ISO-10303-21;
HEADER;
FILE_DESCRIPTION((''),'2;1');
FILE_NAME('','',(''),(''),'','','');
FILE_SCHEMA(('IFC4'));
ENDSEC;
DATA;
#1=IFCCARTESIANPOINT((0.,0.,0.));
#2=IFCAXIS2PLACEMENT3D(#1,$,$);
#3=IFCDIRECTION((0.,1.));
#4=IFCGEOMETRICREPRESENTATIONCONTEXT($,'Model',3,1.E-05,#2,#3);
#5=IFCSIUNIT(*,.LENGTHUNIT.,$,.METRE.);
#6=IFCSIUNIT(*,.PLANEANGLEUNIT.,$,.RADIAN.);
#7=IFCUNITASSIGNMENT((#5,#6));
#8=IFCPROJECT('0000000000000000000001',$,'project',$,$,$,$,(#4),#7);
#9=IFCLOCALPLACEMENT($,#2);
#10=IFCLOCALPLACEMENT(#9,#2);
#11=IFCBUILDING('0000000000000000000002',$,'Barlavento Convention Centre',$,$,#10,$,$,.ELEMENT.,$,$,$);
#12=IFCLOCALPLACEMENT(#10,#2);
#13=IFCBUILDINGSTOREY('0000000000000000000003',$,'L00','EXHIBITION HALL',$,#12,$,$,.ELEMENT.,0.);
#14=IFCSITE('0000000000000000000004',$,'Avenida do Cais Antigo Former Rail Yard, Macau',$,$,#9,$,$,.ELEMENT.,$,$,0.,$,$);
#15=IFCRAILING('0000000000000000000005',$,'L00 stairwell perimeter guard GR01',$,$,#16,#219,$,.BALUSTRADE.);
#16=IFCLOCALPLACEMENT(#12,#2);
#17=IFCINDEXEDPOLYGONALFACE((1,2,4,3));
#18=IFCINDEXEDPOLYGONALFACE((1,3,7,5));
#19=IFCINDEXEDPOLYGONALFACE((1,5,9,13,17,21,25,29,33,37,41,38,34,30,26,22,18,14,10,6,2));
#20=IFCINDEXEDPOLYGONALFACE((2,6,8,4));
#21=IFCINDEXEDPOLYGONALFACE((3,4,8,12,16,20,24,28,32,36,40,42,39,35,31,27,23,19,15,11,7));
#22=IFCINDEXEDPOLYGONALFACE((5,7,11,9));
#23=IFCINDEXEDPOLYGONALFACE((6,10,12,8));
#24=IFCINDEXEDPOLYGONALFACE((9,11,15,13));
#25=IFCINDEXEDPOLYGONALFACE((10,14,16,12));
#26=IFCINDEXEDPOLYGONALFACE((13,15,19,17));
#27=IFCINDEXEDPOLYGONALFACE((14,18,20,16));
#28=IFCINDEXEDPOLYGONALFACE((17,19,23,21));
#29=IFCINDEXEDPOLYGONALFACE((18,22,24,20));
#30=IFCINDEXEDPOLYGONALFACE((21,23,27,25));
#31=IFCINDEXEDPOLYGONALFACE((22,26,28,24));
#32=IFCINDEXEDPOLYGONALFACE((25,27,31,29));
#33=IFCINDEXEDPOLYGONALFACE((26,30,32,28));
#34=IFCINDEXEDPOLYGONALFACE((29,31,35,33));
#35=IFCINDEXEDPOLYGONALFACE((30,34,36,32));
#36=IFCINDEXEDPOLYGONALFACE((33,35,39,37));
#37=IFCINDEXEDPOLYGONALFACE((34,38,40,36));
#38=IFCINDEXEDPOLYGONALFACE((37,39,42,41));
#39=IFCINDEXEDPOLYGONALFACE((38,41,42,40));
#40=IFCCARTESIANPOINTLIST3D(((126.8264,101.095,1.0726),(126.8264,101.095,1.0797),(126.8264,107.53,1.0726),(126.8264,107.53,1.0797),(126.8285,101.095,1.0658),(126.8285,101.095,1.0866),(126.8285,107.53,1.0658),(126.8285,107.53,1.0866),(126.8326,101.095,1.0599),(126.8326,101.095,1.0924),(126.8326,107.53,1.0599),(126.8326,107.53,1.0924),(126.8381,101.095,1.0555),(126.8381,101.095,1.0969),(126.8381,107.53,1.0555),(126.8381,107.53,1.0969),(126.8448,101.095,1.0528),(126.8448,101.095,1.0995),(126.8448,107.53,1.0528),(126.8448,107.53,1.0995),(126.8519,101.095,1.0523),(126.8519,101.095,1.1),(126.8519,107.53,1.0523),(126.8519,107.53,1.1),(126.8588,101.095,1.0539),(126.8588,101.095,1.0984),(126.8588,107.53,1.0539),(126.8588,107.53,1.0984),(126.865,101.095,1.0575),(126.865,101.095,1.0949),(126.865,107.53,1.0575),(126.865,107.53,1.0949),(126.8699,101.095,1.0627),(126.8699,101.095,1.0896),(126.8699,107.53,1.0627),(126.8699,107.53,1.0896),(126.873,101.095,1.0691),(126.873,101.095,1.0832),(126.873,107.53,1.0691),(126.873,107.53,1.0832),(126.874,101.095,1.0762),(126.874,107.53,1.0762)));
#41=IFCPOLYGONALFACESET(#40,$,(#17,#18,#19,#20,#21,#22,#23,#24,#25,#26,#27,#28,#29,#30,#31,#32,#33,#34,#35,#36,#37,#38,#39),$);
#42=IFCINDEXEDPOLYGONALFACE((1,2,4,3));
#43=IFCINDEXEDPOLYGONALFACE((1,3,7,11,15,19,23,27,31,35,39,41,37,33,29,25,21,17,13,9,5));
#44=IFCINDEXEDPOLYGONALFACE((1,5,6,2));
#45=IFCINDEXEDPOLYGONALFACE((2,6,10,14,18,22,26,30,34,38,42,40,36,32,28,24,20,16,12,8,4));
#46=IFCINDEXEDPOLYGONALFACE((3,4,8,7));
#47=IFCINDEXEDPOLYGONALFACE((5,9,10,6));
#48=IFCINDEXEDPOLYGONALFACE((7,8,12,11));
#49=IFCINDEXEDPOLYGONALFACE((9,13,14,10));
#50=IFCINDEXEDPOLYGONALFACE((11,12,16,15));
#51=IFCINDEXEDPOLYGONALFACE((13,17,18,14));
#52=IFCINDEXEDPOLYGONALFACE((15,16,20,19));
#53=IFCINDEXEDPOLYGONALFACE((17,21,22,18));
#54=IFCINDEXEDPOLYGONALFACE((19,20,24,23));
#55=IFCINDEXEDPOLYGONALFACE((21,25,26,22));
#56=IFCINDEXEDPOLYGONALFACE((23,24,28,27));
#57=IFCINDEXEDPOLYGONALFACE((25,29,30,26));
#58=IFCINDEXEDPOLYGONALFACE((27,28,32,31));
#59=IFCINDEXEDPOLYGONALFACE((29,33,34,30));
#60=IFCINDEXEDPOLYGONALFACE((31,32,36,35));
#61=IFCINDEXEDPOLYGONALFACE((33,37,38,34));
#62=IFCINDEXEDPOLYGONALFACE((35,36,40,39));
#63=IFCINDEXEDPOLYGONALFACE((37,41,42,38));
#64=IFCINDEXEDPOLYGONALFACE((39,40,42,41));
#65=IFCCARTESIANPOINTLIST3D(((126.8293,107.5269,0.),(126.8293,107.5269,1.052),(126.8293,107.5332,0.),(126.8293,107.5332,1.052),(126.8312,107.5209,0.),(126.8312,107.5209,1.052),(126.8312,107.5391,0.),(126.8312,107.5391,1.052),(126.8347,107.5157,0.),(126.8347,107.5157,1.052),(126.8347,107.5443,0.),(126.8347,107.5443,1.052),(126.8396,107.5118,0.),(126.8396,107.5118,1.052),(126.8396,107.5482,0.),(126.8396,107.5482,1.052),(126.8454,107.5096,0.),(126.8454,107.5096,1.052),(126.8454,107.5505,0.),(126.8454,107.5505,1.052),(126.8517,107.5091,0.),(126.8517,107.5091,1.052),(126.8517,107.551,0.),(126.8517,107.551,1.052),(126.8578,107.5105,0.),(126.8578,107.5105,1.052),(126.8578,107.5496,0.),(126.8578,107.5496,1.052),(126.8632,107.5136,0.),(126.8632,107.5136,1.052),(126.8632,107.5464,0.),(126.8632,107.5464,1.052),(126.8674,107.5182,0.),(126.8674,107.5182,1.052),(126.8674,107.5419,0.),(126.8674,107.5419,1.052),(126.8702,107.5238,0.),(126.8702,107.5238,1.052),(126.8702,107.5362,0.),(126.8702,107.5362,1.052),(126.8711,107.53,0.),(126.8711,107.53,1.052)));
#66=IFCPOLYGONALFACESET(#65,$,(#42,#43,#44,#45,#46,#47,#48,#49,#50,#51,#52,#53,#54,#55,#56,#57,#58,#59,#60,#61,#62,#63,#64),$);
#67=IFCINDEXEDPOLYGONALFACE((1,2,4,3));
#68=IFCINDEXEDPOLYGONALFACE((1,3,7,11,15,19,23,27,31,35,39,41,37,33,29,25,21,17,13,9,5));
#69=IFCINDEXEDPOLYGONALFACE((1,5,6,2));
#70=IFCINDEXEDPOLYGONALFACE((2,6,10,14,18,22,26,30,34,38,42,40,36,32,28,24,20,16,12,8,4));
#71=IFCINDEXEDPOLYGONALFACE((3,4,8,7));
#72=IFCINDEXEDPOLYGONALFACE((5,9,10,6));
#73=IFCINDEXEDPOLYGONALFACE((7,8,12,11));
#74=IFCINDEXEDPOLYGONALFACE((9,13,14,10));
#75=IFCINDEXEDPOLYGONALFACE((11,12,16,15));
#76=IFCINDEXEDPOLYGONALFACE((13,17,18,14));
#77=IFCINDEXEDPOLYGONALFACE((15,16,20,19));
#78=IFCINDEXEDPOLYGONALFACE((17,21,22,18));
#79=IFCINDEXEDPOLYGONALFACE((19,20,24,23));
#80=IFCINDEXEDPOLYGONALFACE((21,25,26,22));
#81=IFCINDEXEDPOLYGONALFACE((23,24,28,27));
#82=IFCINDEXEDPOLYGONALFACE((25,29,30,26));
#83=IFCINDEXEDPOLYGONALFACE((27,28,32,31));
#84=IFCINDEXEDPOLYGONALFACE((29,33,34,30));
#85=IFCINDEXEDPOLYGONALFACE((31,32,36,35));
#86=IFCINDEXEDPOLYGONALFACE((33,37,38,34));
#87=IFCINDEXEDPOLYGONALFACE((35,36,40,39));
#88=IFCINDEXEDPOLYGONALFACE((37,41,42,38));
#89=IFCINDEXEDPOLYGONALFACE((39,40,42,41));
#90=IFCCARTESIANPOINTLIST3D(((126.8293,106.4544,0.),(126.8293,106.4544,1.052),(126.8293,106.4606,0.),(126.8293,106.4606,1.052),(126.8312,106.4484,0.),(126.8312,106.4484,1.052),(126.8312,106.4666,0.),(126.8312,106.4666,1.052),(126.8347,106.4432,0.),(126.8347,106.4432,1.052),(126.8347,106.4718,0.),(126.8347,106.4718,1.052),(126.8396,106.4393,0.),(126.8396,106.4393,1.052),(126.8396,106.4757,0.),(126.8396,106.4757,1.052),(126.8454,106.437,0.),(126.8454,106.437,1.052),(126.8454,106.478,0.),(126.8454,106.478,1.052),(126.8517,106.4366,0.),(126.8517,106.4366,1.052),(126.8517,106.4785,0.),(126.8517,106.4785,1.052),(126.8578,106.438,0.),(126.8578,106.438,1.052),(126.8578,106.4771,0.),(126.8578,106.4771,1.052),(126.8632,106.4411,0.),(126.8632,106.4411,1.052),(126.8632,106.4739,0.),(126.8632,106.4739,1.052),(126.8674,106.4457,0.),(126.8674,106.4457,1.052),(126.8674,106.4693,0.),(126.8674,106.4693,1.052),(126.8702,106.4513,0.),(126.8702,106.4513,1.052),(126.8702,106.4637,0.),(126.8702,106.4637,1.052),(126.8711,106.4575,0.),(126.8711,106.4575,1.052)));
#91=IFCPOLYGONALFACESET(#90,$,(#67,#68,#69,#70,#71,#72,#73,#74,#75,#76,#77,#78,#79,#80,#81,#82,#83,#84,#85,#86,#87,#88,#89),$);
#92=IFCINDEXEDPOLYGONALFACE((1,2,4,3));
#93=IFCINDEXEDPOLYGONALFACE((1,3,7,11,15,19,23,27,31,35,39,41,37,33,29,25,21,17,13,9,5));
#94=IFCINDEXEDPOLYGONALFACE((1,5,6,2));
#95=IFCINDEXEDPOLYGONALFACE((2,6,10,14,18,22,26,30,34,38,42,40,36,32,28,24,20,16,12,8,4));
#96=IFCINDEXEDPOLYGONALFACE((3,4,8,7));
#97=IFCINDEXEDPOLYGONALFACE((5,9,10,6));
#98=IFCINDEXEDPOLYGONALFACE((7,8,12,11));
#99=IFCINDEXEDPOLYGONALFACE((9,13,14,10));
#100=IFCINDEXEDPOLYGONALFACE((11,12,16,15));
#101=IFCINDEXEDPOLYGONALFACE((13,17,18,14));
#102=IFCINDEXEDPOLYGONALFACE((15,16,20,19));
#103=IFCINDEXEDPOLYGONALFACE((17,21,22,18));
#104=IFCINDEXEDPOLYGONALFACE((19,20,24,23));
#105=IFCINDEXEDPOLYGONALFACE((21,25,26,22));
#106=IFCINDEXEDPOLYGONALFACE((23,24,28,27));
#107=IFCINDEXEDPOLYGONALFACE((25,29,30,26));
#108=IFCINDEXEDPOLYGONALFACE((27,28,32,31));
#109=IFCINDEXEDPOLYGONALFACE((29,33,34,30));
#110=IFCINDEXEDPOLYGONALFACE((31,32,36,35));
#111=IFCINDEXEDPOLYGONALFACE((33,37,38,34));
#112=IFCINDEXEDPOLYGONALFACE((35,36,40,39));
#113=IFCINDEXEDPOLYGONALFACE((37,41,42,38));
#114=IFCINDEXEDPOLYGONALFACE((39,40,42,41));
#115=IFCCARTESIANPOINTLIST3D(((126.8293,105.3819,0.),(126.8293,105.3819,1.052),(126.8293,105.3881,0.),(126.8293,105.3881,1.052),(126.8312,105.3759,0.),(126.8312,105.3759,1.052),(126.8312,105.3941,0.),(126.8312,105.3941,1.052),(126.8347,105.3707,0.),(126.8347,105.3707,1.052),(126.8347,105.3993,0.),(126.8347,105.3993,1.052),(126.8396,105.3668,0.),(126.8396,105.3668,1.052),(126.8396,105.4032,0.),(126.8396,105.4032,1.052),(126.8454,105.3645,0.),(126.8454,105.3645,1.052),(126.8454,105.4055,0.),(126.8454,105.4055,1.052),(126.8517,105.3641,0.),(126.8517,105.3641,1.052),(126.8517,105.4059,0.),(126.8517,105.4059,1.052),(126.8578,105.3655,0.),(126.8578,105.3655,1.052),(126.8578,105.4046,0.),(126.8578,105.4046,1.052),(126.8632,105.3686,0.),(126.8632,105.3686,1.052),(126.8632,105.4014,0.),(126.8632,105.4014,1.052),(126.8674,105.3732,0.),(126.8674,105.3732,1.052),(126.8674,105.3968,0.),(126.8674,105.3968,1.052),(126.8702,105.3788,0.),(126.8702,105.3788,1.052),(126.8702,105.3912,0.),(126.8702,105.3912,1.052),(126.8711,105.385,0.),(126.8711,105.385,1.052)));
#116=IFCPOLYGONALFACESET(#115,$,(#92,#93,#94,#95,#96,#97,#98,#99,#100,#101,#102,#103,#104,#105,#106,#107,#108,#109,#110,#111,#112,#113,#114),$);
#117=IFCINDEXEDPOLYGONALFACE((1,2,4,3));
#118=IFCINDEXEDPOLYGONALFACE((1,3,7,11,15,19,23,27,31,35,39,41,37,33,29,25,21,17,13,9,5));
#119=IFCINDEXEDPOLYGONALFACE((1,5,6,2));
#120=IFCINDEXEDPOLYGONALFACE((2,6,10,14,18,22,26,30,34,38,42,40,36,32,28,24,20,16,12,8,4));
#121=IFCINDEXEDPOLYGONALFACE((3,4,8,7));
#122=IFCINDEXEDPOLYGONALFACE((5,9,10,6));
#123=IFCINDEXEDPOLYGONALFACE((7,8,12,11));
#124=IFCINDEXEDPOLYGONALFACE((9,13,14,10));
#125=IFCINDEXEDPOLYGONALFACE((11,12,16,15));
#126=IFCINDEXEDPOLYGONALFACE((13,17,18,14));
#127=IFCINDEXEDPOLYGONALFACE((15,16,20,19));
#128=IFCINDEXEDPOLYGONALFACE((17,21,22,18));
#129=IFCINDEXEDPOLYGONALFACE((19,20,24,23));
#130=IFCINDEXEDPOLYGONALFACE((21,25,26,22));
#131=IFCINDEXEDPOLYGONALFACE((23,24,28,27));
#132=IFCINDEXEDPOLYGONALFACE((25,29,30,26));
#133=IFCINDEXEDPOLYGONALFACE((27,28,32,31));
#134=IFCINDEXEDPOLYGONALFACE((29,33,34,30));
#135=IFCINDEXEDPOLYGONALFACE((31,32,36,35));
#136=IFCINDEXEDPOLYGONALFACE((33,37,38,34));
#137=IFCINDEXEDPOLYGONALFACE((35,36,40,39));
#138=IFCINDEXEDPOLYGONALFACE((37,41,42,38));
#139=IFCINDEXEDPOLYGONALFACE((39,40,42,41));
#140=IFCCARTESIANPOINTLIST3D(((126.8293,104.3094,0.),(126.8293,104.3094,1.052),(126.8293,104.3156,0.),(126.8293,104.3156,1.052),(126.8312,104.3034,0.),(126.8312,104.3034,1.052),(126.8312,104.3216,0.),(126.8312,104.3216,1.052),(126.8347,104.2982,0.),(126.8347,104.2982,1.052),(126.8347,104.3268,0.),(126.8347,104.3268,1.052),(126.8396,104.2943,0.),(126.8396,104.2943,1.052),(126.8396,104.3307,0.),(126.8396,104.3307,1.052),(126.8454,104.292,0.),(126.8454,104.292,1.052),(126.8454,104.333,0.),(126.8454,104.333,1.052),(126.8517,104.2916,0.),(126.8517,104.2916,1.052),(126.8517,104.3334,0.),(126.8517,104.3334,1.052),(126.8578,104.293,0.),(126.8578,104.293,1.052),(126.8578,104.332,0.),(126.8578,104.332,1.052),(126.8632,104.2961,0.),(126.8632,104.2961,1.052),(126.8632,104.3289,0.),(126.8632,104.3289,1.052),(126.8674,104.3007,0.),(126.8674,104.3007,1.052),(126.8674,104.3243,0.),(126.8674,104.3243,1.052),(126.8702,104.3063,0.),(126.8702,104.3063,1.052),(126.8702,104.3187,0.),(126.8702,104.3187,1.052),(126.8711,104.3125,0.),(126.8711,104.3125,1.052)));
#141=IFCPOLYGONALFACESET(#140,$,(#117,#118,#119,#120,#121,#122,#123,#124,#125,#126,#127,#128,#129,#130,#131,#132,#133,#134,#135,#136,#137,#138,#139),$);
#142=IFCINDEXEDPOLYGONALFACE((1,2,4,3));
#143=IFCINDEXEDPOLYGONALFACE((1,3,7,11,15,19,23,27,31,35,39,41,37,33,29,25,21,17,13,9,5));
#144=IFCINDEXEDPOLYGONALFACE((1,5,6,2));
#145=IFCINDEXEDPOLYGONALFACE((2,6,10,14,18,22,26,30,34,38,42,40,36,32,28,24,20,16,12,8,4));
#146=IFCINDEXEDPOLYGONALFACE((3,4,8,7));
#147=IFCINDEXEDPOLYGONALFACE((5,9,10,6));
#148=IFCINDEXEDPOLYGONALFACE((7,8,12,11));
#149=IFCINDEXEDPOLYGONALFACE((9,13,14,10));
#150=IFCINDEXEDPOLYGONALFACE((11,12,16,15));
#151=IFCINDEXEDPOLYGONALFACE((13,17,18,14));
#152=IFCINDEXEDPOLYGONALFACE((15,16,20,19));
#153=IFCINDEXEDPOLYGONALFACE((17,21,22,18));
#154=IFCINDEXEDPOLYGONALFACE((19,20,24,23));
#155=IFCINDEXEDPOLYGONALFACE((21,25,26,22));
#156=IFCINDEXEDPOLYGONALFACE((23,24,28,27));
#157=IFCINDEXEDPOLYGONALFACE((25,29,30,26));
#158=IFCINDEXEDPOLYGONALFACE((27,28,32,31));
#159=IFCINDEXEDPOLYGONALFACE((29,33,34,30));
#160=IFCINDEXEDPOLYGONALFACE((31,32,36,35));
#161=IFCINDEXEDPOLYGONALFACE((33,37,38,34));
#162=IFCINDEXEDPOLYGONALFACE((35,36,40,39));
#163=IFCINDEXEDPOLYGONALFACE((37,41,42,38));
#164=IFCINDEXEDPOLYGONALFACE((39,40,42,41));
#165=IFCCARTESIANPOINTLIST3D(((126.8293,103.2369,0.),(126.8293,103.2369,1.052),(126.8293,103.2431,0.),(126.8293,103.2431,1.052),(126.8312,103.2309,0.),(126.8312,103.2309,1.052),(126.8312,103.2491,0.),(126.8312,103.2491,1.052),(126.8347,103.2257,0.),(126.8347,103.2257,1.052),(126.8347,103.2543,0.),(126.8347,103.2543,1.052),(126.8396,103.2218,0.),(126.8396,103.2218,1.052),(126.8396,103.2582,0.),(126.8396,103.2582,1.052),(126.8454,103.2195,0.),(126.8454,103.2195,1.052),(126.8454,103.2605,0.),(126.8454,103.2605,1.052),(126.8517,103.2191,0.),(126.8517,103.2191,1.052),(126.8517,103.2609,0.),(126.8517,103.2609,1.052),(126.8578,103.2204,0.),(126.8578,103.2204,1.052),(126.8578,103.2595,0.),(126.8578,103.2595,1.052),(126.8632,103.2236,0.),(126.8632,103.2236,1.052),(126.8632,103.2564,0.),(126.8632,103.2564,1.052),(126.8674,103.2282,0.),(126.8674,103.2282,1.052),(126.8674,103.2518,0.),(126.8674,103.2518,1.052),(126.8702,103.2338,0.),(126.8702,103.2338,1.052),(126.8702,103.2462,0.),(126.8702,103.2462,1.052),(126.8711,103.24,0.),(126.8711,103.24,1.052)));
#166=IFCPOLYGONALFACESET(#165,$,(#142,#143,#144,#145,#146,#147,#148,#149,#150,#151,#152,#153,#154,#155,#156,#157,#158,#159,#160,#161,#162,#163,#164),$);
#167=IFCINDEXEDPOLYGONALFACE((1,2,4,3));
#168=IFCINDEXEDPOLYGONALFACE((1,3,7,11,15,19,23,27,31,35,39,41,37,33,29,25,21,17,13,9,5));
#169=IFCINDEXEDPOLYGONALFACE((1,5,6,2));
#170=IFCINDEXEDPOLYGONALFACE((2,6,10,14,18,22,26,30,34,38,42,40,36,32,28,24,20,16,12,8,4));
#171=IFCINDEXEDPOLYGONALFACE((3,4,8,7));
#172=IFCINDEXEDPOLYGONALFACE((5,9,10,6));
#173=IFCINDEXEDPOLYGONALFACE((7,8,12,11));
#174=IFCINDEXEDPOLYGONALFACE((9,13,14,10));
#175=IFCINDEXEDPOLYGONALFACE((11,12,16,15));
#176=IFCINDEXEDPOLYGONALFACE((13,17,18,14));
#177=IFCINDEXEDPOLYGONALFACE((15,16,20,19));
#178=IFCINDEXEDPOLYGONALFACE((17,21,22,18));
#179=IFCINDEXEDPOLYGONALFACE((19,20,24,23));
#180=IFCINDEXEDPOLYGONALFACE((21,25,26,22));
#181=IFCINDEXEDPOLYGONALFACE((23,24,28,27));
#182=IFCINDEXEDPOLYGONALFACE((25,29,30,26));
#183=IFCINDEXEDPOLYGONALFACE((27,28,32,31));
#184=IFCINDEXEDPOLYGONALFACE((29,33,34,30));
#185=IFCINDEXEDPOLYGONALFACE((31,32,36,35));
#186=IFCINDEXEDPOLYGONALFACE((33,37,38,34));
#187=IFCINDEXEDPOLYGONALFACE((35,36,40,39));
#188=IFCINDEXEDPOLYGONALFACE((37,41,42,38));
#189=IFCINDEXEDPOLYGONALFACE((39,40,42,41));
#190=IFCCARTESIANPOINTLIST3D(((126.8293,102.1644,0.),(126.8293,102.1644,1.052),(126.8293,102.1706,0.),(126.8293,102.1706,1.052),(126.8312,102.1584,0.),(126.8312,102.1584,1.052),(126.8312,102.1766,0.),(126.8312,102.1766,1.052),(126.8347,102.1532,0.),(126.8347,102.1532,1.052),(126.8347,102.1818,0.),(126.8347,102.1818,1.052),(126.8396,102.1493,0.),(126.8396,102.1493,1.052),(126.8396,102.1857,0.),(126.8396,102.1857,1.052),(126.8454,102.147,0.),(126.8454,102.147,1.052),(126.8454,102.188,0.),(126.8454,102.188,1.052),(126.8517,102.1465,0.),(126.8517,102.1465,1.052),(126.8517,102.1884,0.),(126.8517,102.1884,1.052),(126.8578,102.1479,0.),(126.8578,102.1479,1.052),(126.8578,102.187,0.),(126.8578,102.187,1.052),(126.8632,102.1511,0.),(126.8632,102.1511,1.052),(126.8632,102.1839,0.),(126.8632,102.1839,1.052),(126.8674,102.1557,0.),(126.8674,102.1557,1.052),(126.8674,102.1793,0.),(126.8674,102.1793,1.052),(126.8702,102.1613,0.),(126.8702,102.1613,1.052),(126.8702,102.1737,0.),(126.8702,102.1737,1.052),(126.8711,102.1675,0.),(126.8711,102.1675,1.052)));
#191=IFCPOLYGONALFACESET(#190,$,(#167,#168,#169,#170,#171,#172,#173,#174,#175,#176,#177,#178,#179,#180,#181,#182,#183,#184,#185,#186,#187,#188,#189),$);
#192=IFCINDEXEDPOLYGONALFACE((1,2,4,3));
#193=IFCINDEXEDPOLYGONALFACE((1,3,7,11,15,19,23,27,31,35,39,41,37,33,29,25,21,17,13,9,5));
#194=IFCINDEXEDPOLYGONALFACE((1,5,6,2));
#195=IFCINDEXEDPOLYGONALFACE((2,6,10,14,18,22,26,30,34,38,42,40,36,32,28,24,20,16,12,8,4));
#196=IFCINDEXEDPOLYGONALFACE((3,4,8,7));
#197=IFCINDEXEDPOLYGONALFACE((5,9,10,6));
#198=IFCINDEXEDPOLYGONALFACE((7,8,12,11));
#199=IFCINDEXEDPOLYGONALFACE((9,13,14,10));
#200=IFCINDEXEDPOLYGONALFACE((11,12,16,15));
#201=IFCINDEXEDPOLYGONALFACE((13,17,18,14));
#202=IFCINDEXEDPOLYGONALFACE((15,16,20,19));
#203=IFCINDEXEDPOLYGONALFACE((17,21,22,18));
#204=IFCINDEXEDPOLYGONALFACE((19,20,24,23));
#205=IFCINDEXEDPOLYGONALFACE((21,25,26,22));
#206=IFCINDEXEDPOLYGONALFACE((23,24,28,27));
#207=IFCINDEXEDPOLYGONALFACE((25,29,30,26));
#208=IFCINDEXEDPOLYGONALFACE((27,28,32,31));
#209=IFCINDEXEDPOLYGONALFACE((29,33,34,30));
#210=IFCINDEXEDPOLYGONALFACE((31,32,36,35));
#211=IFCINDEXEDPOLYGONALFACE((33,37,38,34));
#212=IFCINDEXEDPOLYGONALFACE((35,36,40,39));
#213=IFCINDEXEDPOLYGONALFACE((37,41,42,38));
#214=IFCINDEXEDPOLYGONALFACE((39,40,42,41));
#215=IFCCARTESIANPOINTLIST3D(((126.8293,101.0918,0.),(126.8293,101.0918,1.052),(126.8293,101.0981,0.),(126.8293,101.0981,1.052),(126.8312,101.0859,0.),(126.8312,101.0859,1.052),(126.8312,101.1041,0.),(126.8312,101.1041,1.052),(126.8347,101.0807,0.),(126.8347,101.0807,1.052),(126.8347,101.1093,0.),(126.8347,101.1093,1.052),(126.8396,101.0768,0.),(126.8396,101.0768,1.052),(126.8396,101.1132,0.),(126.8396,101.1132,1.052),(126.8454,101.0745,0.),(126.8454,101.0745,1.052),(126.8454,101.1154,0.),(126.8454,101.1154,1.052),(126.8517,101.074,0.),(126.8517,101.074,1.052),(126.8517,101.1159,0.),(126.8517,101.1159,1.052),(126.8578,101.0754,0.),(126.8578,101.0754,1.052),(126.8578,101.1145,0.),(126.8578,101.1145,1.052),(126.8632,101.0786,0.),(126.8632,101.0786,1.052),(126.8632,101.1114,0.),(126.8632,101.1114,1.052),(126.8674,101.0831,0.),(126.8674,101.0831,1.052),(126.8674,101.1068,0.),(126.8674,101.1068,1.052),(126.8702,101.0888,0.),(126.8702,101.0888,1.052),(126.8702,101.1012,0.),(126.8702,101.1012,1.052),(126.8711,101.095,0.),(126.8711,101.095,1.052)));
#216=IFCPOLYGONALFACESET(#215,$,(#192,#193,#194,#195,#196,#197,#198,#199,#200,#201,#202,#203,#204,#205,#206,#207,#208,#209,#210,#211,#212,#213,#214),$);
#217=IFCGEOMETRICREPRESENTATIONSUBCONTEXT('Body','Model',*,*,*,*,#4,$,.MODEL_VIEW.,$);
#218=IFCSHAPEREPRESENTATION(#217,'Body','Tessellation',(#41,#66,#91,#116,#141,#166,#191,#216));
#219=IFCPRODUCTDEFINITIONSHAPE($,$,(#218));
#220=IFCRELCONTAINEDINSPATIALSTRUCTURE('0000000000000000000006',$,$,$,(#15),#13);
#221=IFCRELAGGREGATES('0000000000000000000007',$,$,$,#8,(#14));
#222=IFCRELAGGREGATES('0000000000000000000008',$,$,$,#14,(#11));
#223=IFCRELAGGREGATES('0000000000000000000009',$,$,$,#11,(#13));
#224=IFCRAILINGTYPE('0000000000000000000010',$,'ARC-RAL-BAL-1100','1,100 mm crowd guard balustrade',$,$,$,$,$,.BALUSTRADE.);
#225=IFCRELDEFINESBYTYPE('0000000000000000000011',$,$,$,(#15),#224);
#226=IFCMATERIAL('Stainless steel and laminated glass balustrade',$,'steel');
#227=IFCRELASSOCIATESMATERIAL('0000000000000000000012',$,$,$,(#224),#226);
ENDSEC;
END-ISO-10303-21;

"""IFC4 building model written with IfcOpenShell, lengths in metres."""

from ifc_helpers import new_model, si_unit, direction, frame, origin, origin_2d, place, context, subcontext, project, spatial, circle, extrude, material, type_object, element, save


model = new_model("IFC4")

# Units and contexts
model_context = context("Model", 3, precision=1e-05, world=origin(), true_north=direction((0.0, 1.0)))
body_context = subcontext(model_context, "Body", "Model", "MODEL_VIEW")
ifc_project = project(units=[si_unit("LENGTHUNIT", "METRE"), si_unit("PLANEANGLEUNIT", "RADIAN")], contexts=[model_context])

# Site, building, storey
site_placement = place(None, origin())
site = spatial("IfcSite", under=ifc_project, at=site_placement, Name="Avenida do Cais Antigo Former Rail Yard, Macau", CompositionType="ELEMENT", RefElevation=0.0)
building_placement = place(site_placement, origin())
building = spatial("IfcBuilding", under=site, at=building_placement, Name="Barlavento Convention Centre", CompositionType="ELEMENT")
storey_placement = place(building_placement, origin())
storey = spatial("IfcBuildingStorey", under=building, at=storey_placement, Name="L00", Description="EXHIBITION HALL", CompositionType="ELEMENT", Elevation=0.0)

# Railing
ifc_material_1 = material(Name="Stainless steel and laminated glass balustrade", Category="steel")
railing_type = type_object("IfcRailingType", Name="ARC-RAL-BAL-1100", Description="1,100 mm crowd guard balustrade", PredefinedType="BALUSTRADE", material=ifc_material_1)
railing_1_placement = place(storey_placement, frame((126.8501, 107.53, 0.0)))
element("IfcRailing", 1, at=railing_1_placement, inside=storey, type_object=railing_type, Name="L00 stairwell perimeter guard GR01", PredefinedType="BALUSTRADE", context=body_context, shape_type="SweptSolid", body=[
    extrude(circle(Radius=0.0239, at=origin_2d()), frame((0.0, 0.0, 1.0762), z_axis=(0.0, -1.0, 0.0), x_axis=(1.0, 0.0, 0.0)), (0.0, 0.0, 1.0), 6.4351),
    extrude(circle(Radius=0.021, at=origin_2d()), origin(), (0.0, 0.0, 1.0), 1.052),
    extrude(circle(Radius=0.021, at=origin_2d()), frame((0.0, -1.0725, 0.0)), (0.0, 0.0, 1.0), 1.052),
    extrude(circle(Radius=0.021, at=origin_2d()), frame((0.0, -2.145, 0.0)), (0.0, 0.0, 1.0), 1.052),
    extrude(circle(Radius=0.021, at=origin_2d()), frame((0.0, -3.2175, 0.0)), (0.0, 0.0, 1.0), 1.052),
    extrude(circle(Radius=0.021, at=origin_2d()), frame((0.0, -4.29, 0.0)), (0.0, 0.0, 1.0), 1.052),
    extrude(circle(Radius=0.021, at=origin_2d()), frame((0.0, -5.3625, 0.0)), (0.0, 0.0, 1.0), 1.052),
    extrude(circle(Radius=0.021, at=origin_2d()), frame((0.0, -6.4351, 0.0)), (0.0, 0.0, 1.0), 1.052),
])

save(model, "model.ifc")
